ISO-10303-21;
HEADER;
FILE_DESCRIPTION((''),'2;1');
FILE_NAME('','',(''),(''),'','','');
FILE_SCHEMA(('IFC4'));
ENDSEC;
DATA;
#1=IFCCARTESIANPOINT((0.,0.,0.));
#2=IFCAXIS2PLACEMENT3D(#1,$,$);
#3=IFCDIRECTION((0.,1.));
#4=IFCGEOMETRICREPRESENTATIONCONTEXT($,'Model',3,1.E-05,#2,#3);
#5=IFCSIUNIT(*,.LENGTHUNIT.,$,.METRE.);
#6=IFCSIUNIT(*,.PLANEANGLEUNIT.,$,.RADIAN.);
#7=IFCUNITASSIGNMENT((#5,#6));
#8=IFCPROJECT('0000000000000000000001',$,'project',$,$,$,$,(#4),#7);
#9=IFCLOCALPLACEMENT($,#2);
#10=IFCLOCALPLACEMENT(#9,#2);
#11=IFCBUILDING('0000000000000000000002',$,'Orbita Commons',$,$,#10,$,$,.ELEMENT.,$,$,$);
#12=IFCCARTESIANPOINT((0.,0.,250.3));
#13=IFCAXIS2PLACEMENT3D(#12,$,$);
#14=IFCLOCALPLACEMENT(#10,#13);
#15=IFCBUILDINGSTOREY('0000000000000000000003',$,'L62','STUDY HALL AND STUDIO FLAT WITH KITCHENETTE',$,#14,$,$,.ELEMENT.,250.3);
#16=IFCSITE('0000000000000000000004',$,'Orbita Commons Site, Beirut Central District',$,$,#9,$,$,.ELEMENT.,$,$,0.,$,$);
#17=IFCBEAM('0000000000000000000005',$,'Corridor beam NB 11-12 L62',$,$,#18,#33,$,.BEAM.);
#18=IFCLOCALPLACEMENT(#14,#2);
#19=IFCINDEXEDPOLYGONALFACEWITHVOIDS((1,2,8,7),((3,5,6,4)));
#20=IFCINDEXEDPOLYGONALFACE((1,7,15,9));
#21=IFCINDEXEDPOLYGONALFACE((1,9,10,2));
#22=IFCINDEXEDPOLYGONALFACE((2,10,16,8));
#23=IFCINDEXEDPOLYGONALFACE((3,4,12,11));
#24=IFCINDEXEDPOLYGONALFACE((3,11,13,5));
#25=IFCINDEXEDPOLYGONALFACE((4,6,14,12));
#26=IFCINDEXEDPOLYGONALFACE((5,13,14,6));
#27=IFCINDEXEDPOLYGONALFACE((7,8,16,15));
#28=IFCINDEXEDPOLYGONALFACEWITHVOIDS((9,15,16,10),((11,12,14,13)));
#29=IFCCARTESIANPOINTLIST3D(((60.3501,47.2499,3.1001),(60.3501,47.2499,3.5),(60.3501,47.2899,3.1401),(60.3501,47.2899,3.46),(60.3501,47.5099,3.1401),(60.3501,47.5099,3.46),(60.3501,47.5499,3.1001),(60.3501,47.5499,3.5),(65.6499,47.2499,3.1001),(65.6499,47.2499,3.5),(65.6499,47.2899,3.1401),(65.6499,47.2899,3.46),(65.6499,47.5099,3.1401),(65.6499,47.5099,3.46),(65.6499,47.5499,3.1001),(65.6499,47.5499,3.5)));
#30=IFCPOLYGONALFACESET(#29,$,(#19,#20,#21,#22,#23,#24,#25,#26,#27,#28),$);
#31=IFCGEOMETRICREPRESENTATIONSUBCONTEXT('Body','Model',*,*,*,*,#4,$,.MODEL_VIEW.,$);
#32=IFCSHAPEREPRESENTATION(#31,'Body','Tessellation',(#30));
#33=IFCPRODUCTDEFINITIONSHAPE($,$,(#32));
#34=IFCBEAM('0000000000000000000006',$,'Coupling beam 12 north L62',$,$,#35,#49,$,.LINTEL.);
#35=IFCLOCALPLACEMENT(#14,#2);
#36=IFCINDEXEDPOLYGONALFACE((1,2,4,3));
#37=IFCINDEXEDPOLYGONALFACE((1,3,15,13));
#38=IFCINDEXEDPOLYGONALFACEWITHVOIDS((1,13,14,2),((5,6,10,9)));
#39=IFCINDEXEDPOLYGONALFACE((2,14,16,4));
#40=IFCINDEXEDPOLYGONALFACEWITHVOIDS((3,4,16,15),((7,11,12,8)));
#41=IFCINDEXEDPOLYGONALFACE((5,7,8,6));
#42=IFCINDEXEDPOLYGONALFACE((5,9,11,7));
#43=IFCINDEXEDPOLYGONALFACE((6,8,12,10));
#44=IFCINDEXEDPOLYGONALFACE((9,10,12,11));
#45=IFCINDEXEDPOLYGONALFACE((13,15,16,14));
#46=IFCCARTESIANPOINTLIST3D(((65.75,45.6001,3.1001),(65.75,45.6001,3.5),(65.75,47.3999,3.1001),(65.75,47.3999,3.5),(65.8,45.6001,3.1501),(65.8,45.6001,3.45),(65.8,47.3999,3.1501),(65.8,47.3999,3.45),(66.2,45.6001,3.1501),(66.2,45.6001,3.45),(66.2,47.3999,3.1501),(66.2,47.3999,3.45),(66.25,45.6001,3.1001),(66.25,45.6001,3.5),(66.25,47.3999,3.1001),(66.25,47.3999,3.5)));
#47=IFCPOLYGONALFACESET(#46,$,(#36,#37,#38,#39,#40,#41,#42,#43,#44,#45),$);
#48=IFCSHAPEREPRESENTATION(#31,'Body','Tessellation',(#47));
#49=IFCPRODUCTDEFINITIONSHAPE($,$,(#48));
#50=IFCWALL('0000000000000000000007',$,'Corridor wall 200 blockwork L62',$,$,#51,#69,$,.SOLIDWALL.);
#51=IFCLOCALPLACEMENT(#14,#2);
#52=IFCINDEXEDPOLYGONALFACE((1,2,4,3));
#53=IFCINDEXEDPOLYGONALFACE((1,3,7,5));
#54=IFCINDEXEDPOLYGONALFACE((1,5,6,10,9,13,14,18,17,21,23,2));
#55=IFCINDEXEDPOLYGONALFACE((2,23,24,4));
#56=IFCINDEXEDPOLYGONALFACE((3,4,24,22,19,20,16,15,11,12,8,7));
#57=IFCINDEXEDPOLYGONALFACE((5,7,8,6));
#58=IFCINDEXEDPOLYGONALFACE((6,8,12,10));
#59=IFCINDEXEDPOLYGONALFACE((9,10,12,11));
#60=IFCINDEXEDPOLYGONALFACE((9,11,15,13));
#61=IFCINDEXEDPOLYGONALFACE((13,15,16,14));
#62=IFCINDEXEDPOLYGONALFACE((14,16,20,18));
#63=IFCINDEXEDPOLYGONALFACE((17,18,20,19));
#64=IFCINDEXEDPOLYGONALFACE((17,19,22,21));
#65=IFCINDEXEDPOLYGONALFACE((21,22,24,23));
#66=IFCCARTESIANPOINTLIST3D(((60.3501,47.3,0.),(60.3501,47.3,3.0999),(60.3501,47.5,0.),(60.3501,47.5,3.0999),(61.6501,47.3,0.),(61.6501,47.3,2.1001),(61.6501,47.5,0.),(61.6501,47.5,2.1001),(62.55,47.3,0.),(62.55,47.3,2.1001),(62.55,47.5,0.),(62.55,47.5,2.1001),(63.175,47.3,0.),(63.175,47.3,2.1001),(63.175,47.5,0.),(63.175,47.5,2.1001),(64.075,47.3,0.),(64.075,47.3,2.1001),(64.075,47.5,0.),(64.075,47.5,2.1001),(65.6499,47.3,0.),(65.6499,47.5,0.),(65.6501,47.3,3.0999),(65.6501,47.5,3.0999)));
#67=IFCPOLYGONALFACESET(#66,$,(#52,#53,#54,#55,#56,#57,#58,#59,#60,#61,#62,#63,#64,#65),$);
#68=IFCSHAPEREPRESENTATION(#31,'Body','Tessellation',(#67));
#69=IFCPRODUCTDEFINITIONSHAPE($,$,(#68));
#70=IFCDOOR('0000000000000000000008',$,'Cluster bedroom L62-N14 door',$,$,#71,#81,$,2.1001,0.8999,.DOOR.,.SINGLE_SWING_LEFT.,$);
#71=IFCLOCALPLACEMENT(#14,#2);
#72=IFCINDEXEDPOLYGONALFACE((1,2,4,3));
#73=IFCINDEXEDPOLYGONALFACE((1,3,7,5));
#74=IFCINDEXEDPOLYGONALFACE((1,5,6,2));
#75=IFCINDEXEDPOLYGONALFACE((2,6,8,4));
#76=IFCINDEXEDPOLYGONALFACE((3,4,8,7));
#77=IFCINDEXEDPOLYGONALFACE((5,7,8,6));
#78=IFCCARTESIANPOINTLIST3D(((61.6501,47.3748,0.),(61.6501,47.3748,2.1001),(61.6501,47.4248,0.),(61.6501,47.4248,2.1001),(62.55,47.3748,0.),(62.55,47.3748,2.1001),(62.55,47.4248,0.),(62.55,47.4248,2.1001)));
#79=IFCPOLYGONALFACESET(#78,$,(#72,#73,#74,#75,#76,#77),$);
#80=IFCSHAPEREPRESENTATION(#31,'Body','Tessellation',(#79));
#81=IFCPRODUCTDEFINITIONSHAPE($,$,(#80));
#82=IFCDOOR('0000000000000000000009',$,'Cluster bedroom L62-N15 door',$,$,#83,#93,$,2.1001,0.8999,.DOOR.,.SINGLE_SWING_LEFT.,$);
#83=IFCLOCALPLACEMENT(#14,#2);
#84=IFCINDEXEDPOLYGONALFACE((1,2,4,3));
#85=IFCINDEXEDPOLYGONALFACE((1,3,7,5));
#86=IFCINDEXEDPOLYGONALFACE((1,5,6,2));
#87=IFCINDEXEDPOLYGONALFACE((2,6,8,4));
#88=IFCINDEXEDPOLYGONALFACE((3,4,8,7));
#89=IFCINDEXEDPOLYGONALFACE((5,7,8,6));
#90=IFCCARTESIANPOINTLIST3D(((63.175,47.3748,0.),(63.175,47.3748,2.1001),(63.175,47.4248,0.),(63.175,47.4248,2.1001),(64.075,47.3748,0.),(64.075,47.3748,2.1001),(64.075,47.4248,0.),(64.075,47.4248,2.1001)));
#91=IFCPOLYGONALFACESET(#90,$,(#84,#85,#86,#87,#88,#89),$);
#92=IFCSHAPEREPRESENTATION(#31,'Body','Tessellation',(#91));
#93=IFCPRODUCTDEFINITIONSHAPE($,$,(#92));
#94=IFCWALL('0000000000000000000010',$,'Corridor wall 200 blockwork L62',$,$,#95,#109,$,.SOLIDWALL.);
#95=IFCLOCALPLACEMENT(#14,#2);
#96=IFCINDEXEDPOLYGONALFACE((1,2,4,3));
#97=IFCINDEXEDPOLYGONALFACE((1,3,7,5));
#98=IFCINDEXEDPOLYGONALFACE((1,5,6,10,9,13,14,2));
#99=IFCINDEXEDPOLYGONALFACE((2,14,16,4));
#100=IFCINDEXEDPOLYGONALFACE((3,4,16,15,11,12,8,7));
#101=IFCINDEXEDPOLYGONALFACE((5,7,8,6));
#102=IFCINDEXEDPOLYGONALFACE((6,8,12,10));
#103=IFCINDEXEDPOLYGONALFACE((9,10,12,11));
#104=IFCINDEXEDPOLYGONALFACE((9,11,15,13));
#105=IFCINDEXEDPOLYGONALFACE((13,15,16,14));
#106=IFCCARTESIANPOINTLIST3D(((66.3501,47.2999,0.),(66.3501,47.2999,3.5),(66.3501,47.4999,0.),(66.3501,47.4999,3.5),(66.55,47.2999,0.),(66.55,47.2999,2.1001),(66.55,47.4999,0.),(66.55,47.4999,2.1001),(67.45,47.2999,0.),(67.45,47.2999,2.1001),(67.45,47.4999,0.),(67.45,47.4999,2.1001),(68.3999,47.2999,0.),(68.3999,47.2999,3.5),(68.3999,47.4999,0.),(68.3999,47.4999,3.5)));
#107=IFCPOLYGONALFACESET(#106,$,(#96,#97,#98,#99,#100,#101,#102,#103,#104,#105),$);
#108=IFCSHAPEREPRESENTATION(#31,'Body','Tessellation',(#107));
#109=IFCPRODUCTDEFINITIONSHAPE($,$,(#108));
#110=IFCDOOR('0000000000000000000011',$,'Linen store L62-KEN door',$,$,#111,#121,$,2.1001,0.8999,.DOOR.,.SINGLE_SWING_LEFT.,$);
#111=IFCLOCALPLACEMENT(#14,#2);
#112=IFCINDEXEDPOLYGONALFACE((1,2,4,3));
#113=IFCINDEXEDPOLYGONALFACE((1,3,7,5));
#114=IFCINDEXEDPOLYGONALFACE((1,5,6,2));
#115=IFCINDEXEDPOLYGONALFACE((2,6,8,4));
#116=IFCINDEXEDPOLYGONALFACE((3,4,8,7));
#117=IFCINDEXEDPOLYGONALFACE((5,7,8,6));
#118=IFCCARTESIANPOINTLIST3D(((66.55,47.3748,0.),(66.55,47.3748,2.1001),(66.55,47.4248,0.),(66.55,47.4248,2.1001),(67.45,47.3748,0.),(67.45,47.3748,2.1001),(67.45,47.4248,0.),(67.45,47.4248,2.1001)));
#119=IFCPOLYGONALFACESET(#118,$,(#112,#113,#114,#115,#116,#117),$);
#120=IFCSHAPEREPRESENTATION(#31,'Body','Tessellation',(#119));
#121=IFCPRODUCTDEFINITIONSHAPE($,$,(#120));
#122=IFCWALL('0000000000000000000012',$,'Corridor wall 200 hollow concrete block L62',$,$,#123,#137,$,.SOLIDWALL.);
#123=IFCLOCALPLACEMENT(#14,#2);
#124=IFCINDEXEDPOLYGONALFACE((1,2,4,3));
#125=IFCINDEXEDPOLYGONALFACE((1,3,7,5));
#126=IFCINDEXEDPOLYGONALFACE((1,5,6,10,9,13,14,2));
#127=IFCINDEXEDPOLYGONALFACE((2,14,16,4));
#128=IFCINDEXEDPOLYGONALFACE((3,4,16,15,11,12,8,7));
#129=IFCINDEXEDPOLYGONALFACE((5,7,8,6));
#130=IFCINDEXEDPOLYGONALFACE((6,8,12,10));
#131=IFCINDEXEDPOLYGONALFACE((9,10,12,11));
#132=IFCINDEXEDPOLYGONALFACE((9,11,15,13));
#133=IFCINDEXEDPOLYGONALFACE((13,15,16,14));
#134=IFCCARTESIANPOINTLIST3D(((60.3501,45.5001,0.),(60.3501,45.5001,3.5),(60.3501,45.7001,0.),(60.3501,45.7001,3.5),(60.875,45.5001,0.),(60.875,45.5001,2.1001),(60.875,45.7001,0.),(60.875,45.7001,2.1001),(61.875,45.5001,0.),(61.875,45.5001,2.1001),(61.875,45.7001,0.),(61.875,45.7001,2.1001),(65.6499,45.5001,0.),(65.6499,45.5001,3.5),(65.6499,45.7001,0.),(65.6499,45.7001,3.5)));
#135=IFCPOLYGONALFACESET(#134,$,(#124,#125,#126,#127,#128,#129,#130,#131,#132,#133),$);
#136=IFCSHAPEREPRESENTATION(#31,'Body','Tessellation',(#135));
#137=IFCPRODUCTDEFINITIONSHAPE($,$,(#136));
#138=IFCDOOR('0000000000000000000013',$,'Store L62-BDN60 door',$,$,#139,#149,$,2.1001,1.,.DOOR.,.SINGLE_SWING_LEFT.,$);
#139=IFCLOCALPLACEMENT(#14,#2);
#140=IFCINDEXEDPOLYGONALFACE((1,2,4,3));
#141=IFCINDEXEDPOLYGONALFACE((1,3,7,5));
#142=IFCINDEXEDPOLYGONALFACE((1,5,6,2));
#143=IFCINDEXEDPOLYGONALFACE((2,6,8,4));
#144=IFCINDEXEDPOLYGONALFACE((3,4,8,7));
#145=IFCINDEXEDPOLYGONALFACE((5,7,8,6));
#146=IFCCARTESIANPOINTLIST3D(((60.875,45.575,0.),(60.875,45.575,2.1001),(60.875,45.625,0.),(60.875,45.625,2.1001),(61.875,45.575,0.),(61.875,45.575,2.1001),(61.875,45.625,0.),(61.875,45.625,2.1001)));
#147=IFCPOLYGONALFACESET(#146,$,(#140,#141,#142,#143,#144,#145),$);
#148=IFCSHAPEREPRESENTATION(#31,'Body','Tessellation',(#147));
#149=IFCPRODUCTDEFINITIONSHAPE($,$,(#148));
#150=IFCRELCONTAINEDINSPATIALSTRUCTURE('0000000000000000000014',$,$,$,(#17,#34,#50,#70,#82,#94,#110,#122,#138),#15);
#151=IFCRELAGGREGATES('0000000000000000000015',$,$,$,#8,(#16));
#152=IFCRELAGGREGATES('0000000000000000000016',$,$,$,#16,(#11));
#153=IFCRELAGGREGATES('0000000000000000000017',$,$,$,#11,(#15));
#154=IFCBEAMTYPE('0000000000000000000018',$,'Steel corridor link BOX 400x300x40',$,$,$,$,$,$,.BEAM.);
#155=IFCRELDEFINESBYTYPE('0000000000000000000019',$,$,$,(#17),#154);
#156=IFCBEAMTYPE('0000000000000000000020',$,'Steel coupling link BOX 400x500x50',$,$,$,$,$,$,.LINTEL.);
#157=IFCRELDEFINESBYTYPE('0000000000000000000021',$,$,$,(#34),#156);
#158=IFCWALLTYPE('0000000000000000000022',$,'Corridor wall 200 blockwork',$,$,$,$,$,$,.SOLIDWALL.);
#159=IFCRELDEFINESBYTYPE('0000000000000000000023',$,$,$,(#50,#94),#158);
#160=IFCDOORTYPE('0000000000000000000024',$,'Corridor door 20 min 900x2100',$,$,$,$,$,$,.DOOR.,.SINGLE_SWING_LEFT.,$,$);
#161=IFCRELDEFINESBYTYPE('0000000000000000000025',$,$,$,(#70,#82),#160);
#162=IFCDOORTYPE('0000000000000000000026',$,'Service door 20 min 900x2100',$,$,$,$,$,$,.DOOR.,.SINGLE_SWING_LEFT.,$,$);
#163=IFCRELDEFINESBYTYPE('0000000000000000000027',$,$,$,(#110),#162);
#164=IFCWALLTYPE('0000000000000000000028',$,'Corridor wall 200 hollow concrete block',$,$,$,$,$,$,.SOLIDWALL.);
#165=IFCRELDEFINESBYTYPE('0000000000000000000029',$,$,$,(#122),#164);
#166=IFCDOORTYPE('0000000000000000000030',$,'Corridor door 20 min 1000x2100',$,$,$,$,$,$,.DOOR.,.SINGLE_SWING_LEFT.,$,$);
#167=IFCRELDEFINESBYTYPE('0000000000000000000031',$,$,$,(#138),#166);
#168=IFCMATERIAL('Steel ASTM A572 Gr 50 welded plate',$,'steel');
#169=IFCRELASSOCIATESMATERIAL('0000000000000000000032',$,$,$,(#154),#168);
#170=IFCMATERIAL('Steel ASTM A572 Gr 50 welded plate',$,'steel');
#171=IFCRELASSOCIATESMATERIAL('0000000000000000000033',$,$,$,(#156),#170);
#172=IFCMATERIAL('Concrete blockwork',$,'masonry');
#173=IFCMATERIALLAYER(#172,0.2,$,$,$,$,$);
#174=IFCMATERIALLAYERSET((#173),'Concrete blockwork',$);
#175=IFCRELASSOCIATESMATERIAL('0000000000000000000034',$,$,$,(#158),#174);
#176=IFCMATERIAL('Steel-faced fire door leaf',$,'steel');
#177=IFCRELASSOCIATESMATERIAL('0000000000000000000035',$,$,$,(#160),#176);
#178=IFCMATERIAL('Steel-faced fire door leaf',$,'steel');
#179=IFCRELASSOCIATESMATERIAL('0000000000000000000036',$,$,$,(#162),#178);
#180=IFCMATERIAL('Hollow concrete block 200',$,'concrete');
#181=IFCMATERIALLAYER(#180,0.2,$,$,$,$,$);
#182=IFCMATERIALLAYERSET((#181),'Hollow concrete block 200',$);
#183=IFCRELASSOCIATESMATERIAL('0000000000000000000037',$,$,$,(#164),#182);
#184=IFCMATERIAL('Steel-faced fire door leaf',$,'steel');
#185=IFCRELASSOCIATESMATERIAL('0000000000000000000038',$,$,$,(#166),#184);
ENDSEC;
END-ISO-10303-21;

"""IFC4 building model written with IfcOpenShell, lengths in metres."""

from ifc_helpers import new_model, si_unit, direction, frame, frame_2d, origin, origin_2d, place, context, subcontext, project, spatial, polyline, rectangle, hollow_rectangle, outline, extrude, material, layer, layer_set, material_profile, profile_set, type_object, element, fill, save


model = new_model("IFC4")

# Units and contexts
model_context = context("Model", 3, precision=1e-05, world=origin(), true_north=direction((0.0, 1.0)))
body_context = subcontext(model_context, "Body", "Model", "MODEL_VIEW")
ifc_project = project(units=[si_unit("LENGTHUNIT", "METRE"), si_unit("PLANEANGLEUNIT", "RADIAN")], contexts=[model_context])

# Site, building, storey
site_placement = place(None, origin())
site = spatial("IfcSite", under=ifc_project, at=site_placement, Name="Orbita Commons Site, Beirut Central District", CompositionType="ELEMENT", RefElevation=0.0)
building_placement = place(site_placement, origin())
building = spatial("IfcBuilding", under=site, at=building_placement, Name="Orbita Commons", CompositionType="ELEMENT")
storey_placement = place(building_placement, frame((0.0, 0.0, 250.3)))
storey = spatial("IfcBuildingStorey", under=building, at=storey_placement, Name="L62", Description="STUDY HALL AND STUDIO FLAT WITH KITCHENETTE", CompositionType="ELEMENT", Elevation=250.3)

# Beams
ifc_material_1 = material(Name="Steel ASTM A572 Gr 50 welded plate", Category="steel")
ifc_material_profile_1 = material_profile(ifc_material_1, hollow_rectangle(XDim=0.3, YDim=0.3999, WallThickness=0.04, at=origin_2d()), Name="BOX 400x300x40")
ifc_profile_set_1 = profile_set([ifc_material_profile_1], Name="Steel ASTM A572 Gr 50 welded plate")
beam_type_1 = type_object("IfcBeamType", Name="Steel corridor link BOX 400x300x40", PredefinedType="BEAM", material=ifc_profile_set_1)
beam_1_placement = place(storey_placement, frame((60.3501, 47.3999, 3.3), z_axis=(1.0, 0.0, 0.0), x_axis=(0.0, 1.0, 0.0)))
element("IfcBeam", 1, at=beam_1_placement, inside=storey, type_object=beam_type_1, Name="Corridor beam NB 11-12 L62", PredefinedType="BEAM", context=body_context, shape_type="SweptSolid", body=[
    extrude(hollow_rectangle(XDim=0.3, YDim=0.3999, WallThickness=0.04, at=origin_2d()), origin(), (0.0, 0.0, 1.0), 5.2998),
])
ifc_material_2 = material(Name="Steel ASTM A572 Gr 50 welded plate", Category="steel")
ifc_material_profile_2 = material_profile(ifc_material_2, hollow_rectangle(XDim=0.5, YDim=0.3999, WallThickness=0.05, at=origin_2d()), Name="BOX 400x500x50")
ifc_profile_set_2 = profile_set([ifc_material_profile_2], Name="Steel ASTM A572 Gr 50 welded plate")
beam_type_2 = type_object("IfcBeamType", Name="Steel coupling link BOX 400x500x50", PredefinedType="LINTEL", material=ifc_profile_set_2)
beam_2_placement = place(storey_placement, frame((66.0, 45.6001, 3.3), z_axis=(0.0, 1.0, 0.0), x_axis=(-1.0, 0.0, 0.0)))
element("IfcBeam", 2, at=beam_2_placement, inside=storey, type_object=beam_type_2, Name="Coupling beam 12 north L62", PredefinedType="LINTEL", context=body_context, shape_type="SweptSolid", body=[
    extrude(hollow_rectangle(XDim=0.5, YDim=0.3999, WallThickness=0.05, at=origin_2d()), origin(), (0.0, 0.0, 1.0), 1.7998),
])

# Wall, openings, doors
ifc_material_3 = material(Name="Concrete blockwork", Category="masonry")
ifc_layer_1 = layer(ifc_material_3, 0.2)
ifc_layer_set_1 = layer_set([ifc_layer_1], Name="Concrete blockwork")
wall_type_1 = type_object("IfcWallType", Name="Corridor wall 200 blockwork", PredefinedType="SOLIDWALL", material=ifc_layer_set_1)
wall_1_placement = place(storey_placement, frame((60.3501, 47.3999, 0.0), z_axis=(0.0, 0.0, 1.0), x_axis=(1.0, 0.0, 0.0)))
wall_1 = element("IfcWall", 3, at=wall_1_placement, inside=storey, type_object=wall_type_1, Name="Corridor wall 200 blockwork L62", PredefinedType="SOLIDWALL", context=body_context, shape_type="SweptSolid", body=[
    extrude(outline(polyline([(0.0, 0.0), (5.2998, 0.0), (5.3, 3.0999), (0.0, 3.0999), (0.0, 0.0)])), frame((0.0, 0.1001, 0.0), z_axis=(0.0, -1.0, 0.0), x_axis=(1.0, 0.0, 0.0)), (0.0, 0.0, 1.0), 0.2),
])
opening_1_placement = place(wall_1_placement, frame((1.3, 0.0, 0.0)))
opening_1 = element("IfcOpeningElement", 4, at=opening_1_placement, cuts=wall_1, PredefinedType="OPENING", context=body_context, shape_type="SweptSolid", body=[
    extrude(rectangle(XDim=0.8999, YDim=2.1001, at=frame_2d((0.45, 1.05))), frame((0.0, 0.1099, 0.0), z_axis=(0.0, -1.0, 0.0), x_axis=(1.0, 0.0, 0.0)), (0.0, 0.0, 1.0), 0.22),
])
opening_2_placement = place(wall_1_placement, frame((2.825, 0.0, 0.0)))
opening_2 = element("IfcOpeningElement", 5, at=opening_2_placement, cuts=wall_1, PredefinedType="OPENING", context=body_context, shape_type="SweptSolid", body=[
    extrude(rectangle(XDim=0.8999, YDim=2.1001, at=frame_2d((0.45, 1.05))), frame((0.0, 0.1099, 0.0), z_axis=(0.0, -1.0, 0.0), x_axis=(1.0, 0.0, 0.0)), (0.0, 0.0, 1.0), 0.22),
])
ifc_material_4 = material(Name="Steel-faced fire door leaf", Category="steel")
door_type_1 = type_object("IfcDoorType", Name="Corridor door 20 min 900x2100", OperationType="SINGLE_SWING_LEFT", PredefinedType="DOOR", material=ifc_material_4)
door_1_placement = place(opening_1_placement, origin())
door_1 = element("IfcDoor", 6, at=door_1_placement, inside=storey, type_object=door_type_1, Name="Cluster bedroom L62-N14 door", OperationType="SINGLE_SWING_LEFT", OverallHeight=2.1001, OverallWidth=0.8999, PredefinedType="DOOR", context=body_context, shape_type="SweptSolid", body=[
    extrude(rectangle(XDim=0.8999, YDim=2.1001, at=frame_2d((0.45, 1.05))), frame((0.0, 0.0249, 0.0), z_axis=(0.0, -1.0, 0.0), x_axis=(1.0, 0.0, 0.0)), (0.0, 0.0, 1.0), 0.05),
])
fill(opening_1, door_1)
door_2_placement = place(opening_2_placement, origin())
door_2 = element("IfcDoor", 7, at=door_2_placement, inside=storey, type_object=door_type_1, Name="Cluster bedroom L62-N15 door", OperationType="SINGLE_SWING_LEFT", OverallHeight=2.1001, OverallWidth=0.8999, PredefinedType="DOOR", context=body_context, shape_type="SweptSolid", body=[
    extrude(rectangle(XDim=0.8999, YDim=2.1001, at=frame_2d((0.45, 1.05))), frame((0.0, 0.0249, 0.0), z_axis=(0.0, -1.0, 0.0), x_axis=(1.0, 0.0, 0.0)), (0.0, 0.0, 1.0), 0.05),
])
fill(opening_2, door_2)

# Walls, openings, doors
wall_2_placement = place(storey_placement, frame((66.3501, 47.3999, 0.0), z_axis=(0.0, 0.0, 1.0), x_axis=(1.0, 0.0, 0.0)))
wall_2 = element("IfcWall", 8, at=wall_2_placement, inside=storey, type_object=wall_type_1, Name="Corridor wall 200 blockwork L62", PredefinedType="SOLIDWALL", context=body_context, shape_type="SweptSolid", body=[
    extrude(rectangle(XDim=2.0498, YDim=0.2, at=frame_2d((1.0249, 0.0))), origin(), (0.0, 0.0, 1.0), 3.5),
])
opening_3_placement = place(wall_2_placement, frame((0.2, 0.0, 0.0)))
opening_3 = element("IfcOpeningElement", 9, at=opening_3_placement, cuts=wall_2, PredefinedType="OPENING", context=body_context, shape_type="SweptSolid", body=[
    extrude(rectangle(XDim=0.8999, YDim=2.1001, at=frame_2d((0.45, 1.05))), frame((0.0, 0.1099, 0.0), z_axis=(0.0, -1.0, 0.0), x_axis=(1.0, 0.0, 0.0)), (0.0, 0.0, 1.0), 0.22),
])
ifc_material_5 = material(Name="Steel-faced fire door leaf", Category="steel")
door_type_2 = type_object("IfcDoorType", Name="Service door 20 min 900x2100", OperationType="SINGLE_SWING_LEFT", PredefinedType="DOOR", material=ifc_material_5)
door_3_placement = place(opening_3_placement, origin())
door_3 = element("IfcDoor", 10, at=door_3_placement, inside=storey, type_object=door_type_2, Name="Linen store L62-KEN door", OperationType="SINGLE_SWING_LEFT", OverallHeight=2.1001, OverallWidth=0.8999, PredefinedType="DOOR", context=body_context, shape_type="SweptSolid", body=[
    extrude(rectangle(XDim=0.8999, YDim=2.1001, at=frame_2d((0.45, 1.05))), frame((0.0, 0.0249, 0.0), z_axis=(0.0, -1.0, 0.0), x_axis=(1.0, 0.0, 0.0)), (0.0, 0.0, 1.0), 0.05),
])
fill(opening_3, door_3)
ifc_material_6 = material(Name="Hollow concrete block 200", Category="concrete")
ifc_layer_2 = layer(ifc_material_6, 0.2)
ifc_layer_set_2 = layer_set([ifc_layer_2], Name="Hollow concrete block 200")
wall_type_2 = type_object("IfcWallType", Name="Corridor wall 200 hollow concrete block", PredefinedType="SOLIDWALL", material=ifc_layer_set_2)
wall_3_placement = place(storey_placement, frame((60.3501, 45.6001, 0.0), z_axis=(0.0, 0.0, 1.0), x_axis=(1.0, 0.0, 0.0)))
wall_3 = element("IfcWall", 11, at=wall_3_placement, inside=storey, type_object=wall_type_2, Name="Corridor wall 200 hollow concrete block L62", PredefinedType="SOLIDWALL", context=body_context, shape_type="SweptSolid", body=[
    extrude(rectangle(XDim=5.2998, YDim=0.2, at=frame_2d((2.6499, 0.0))), origin(), (0.0, 0.0, 1.0), 3.5),
])
opening_4_placement = place(wall_3_placement, frame((0.5249, 0.0, 0.0)))
opening_4 = element("IfcOpeningElement", 12, at=opening_4_placement, cuts=wall_3, PredefinedType="OPENING", context=body_context, shape_type="SweptSolid", body=[
    extrude(rectangle(XDim=1.0, YDim=2.1001, at=frame_2d((0.5, 1.05))), frame((0.0, 0.1099, 0.0), z_axis=(0.0, -1.0, 0.0), x_axis=(1.0, 0.0, 0.0)), (0.0, 0.0, 1.0), 0.22),
])
ifc_material_7 = material(Name="Steel-faced fire door leaf", Category="steel")
door_type_3 = type_object("IfcDoorType", Name="Corridor door 20 min 1000x2100", OperationType="SINGLE_SWING_LEFT", PredefinedType="DOOR", material=ifc_material_7)
door_4_placement = place(opening_4_placement, origin())
door_4 = element("IfcDoor", 13, at=door_4_placement, inside=storey, type_object=door_type_3, Name="Store L62-BDN60 door", OperationType="SINGLE_SWING_LEFT", OverallHeight=2.1001, OverallWidth=1.0, PredefinedType="DOOR", context=body_context, shape_type="SweptSolid", body=[
    extrude(rectangle(XDim=1.0, YDim=2.1001, at=frame_2d((0.5, 1.05))), frame((0.0, 0.0249, 0.0), z_axis=(0.0, -1.0, 0.0), x_axis=(1.0, 0.0, 0.0)), (0.0, 0.0, 1.0), 0.05),
])
fill(opening_4, door_4)

save(model, "model.ifc")
